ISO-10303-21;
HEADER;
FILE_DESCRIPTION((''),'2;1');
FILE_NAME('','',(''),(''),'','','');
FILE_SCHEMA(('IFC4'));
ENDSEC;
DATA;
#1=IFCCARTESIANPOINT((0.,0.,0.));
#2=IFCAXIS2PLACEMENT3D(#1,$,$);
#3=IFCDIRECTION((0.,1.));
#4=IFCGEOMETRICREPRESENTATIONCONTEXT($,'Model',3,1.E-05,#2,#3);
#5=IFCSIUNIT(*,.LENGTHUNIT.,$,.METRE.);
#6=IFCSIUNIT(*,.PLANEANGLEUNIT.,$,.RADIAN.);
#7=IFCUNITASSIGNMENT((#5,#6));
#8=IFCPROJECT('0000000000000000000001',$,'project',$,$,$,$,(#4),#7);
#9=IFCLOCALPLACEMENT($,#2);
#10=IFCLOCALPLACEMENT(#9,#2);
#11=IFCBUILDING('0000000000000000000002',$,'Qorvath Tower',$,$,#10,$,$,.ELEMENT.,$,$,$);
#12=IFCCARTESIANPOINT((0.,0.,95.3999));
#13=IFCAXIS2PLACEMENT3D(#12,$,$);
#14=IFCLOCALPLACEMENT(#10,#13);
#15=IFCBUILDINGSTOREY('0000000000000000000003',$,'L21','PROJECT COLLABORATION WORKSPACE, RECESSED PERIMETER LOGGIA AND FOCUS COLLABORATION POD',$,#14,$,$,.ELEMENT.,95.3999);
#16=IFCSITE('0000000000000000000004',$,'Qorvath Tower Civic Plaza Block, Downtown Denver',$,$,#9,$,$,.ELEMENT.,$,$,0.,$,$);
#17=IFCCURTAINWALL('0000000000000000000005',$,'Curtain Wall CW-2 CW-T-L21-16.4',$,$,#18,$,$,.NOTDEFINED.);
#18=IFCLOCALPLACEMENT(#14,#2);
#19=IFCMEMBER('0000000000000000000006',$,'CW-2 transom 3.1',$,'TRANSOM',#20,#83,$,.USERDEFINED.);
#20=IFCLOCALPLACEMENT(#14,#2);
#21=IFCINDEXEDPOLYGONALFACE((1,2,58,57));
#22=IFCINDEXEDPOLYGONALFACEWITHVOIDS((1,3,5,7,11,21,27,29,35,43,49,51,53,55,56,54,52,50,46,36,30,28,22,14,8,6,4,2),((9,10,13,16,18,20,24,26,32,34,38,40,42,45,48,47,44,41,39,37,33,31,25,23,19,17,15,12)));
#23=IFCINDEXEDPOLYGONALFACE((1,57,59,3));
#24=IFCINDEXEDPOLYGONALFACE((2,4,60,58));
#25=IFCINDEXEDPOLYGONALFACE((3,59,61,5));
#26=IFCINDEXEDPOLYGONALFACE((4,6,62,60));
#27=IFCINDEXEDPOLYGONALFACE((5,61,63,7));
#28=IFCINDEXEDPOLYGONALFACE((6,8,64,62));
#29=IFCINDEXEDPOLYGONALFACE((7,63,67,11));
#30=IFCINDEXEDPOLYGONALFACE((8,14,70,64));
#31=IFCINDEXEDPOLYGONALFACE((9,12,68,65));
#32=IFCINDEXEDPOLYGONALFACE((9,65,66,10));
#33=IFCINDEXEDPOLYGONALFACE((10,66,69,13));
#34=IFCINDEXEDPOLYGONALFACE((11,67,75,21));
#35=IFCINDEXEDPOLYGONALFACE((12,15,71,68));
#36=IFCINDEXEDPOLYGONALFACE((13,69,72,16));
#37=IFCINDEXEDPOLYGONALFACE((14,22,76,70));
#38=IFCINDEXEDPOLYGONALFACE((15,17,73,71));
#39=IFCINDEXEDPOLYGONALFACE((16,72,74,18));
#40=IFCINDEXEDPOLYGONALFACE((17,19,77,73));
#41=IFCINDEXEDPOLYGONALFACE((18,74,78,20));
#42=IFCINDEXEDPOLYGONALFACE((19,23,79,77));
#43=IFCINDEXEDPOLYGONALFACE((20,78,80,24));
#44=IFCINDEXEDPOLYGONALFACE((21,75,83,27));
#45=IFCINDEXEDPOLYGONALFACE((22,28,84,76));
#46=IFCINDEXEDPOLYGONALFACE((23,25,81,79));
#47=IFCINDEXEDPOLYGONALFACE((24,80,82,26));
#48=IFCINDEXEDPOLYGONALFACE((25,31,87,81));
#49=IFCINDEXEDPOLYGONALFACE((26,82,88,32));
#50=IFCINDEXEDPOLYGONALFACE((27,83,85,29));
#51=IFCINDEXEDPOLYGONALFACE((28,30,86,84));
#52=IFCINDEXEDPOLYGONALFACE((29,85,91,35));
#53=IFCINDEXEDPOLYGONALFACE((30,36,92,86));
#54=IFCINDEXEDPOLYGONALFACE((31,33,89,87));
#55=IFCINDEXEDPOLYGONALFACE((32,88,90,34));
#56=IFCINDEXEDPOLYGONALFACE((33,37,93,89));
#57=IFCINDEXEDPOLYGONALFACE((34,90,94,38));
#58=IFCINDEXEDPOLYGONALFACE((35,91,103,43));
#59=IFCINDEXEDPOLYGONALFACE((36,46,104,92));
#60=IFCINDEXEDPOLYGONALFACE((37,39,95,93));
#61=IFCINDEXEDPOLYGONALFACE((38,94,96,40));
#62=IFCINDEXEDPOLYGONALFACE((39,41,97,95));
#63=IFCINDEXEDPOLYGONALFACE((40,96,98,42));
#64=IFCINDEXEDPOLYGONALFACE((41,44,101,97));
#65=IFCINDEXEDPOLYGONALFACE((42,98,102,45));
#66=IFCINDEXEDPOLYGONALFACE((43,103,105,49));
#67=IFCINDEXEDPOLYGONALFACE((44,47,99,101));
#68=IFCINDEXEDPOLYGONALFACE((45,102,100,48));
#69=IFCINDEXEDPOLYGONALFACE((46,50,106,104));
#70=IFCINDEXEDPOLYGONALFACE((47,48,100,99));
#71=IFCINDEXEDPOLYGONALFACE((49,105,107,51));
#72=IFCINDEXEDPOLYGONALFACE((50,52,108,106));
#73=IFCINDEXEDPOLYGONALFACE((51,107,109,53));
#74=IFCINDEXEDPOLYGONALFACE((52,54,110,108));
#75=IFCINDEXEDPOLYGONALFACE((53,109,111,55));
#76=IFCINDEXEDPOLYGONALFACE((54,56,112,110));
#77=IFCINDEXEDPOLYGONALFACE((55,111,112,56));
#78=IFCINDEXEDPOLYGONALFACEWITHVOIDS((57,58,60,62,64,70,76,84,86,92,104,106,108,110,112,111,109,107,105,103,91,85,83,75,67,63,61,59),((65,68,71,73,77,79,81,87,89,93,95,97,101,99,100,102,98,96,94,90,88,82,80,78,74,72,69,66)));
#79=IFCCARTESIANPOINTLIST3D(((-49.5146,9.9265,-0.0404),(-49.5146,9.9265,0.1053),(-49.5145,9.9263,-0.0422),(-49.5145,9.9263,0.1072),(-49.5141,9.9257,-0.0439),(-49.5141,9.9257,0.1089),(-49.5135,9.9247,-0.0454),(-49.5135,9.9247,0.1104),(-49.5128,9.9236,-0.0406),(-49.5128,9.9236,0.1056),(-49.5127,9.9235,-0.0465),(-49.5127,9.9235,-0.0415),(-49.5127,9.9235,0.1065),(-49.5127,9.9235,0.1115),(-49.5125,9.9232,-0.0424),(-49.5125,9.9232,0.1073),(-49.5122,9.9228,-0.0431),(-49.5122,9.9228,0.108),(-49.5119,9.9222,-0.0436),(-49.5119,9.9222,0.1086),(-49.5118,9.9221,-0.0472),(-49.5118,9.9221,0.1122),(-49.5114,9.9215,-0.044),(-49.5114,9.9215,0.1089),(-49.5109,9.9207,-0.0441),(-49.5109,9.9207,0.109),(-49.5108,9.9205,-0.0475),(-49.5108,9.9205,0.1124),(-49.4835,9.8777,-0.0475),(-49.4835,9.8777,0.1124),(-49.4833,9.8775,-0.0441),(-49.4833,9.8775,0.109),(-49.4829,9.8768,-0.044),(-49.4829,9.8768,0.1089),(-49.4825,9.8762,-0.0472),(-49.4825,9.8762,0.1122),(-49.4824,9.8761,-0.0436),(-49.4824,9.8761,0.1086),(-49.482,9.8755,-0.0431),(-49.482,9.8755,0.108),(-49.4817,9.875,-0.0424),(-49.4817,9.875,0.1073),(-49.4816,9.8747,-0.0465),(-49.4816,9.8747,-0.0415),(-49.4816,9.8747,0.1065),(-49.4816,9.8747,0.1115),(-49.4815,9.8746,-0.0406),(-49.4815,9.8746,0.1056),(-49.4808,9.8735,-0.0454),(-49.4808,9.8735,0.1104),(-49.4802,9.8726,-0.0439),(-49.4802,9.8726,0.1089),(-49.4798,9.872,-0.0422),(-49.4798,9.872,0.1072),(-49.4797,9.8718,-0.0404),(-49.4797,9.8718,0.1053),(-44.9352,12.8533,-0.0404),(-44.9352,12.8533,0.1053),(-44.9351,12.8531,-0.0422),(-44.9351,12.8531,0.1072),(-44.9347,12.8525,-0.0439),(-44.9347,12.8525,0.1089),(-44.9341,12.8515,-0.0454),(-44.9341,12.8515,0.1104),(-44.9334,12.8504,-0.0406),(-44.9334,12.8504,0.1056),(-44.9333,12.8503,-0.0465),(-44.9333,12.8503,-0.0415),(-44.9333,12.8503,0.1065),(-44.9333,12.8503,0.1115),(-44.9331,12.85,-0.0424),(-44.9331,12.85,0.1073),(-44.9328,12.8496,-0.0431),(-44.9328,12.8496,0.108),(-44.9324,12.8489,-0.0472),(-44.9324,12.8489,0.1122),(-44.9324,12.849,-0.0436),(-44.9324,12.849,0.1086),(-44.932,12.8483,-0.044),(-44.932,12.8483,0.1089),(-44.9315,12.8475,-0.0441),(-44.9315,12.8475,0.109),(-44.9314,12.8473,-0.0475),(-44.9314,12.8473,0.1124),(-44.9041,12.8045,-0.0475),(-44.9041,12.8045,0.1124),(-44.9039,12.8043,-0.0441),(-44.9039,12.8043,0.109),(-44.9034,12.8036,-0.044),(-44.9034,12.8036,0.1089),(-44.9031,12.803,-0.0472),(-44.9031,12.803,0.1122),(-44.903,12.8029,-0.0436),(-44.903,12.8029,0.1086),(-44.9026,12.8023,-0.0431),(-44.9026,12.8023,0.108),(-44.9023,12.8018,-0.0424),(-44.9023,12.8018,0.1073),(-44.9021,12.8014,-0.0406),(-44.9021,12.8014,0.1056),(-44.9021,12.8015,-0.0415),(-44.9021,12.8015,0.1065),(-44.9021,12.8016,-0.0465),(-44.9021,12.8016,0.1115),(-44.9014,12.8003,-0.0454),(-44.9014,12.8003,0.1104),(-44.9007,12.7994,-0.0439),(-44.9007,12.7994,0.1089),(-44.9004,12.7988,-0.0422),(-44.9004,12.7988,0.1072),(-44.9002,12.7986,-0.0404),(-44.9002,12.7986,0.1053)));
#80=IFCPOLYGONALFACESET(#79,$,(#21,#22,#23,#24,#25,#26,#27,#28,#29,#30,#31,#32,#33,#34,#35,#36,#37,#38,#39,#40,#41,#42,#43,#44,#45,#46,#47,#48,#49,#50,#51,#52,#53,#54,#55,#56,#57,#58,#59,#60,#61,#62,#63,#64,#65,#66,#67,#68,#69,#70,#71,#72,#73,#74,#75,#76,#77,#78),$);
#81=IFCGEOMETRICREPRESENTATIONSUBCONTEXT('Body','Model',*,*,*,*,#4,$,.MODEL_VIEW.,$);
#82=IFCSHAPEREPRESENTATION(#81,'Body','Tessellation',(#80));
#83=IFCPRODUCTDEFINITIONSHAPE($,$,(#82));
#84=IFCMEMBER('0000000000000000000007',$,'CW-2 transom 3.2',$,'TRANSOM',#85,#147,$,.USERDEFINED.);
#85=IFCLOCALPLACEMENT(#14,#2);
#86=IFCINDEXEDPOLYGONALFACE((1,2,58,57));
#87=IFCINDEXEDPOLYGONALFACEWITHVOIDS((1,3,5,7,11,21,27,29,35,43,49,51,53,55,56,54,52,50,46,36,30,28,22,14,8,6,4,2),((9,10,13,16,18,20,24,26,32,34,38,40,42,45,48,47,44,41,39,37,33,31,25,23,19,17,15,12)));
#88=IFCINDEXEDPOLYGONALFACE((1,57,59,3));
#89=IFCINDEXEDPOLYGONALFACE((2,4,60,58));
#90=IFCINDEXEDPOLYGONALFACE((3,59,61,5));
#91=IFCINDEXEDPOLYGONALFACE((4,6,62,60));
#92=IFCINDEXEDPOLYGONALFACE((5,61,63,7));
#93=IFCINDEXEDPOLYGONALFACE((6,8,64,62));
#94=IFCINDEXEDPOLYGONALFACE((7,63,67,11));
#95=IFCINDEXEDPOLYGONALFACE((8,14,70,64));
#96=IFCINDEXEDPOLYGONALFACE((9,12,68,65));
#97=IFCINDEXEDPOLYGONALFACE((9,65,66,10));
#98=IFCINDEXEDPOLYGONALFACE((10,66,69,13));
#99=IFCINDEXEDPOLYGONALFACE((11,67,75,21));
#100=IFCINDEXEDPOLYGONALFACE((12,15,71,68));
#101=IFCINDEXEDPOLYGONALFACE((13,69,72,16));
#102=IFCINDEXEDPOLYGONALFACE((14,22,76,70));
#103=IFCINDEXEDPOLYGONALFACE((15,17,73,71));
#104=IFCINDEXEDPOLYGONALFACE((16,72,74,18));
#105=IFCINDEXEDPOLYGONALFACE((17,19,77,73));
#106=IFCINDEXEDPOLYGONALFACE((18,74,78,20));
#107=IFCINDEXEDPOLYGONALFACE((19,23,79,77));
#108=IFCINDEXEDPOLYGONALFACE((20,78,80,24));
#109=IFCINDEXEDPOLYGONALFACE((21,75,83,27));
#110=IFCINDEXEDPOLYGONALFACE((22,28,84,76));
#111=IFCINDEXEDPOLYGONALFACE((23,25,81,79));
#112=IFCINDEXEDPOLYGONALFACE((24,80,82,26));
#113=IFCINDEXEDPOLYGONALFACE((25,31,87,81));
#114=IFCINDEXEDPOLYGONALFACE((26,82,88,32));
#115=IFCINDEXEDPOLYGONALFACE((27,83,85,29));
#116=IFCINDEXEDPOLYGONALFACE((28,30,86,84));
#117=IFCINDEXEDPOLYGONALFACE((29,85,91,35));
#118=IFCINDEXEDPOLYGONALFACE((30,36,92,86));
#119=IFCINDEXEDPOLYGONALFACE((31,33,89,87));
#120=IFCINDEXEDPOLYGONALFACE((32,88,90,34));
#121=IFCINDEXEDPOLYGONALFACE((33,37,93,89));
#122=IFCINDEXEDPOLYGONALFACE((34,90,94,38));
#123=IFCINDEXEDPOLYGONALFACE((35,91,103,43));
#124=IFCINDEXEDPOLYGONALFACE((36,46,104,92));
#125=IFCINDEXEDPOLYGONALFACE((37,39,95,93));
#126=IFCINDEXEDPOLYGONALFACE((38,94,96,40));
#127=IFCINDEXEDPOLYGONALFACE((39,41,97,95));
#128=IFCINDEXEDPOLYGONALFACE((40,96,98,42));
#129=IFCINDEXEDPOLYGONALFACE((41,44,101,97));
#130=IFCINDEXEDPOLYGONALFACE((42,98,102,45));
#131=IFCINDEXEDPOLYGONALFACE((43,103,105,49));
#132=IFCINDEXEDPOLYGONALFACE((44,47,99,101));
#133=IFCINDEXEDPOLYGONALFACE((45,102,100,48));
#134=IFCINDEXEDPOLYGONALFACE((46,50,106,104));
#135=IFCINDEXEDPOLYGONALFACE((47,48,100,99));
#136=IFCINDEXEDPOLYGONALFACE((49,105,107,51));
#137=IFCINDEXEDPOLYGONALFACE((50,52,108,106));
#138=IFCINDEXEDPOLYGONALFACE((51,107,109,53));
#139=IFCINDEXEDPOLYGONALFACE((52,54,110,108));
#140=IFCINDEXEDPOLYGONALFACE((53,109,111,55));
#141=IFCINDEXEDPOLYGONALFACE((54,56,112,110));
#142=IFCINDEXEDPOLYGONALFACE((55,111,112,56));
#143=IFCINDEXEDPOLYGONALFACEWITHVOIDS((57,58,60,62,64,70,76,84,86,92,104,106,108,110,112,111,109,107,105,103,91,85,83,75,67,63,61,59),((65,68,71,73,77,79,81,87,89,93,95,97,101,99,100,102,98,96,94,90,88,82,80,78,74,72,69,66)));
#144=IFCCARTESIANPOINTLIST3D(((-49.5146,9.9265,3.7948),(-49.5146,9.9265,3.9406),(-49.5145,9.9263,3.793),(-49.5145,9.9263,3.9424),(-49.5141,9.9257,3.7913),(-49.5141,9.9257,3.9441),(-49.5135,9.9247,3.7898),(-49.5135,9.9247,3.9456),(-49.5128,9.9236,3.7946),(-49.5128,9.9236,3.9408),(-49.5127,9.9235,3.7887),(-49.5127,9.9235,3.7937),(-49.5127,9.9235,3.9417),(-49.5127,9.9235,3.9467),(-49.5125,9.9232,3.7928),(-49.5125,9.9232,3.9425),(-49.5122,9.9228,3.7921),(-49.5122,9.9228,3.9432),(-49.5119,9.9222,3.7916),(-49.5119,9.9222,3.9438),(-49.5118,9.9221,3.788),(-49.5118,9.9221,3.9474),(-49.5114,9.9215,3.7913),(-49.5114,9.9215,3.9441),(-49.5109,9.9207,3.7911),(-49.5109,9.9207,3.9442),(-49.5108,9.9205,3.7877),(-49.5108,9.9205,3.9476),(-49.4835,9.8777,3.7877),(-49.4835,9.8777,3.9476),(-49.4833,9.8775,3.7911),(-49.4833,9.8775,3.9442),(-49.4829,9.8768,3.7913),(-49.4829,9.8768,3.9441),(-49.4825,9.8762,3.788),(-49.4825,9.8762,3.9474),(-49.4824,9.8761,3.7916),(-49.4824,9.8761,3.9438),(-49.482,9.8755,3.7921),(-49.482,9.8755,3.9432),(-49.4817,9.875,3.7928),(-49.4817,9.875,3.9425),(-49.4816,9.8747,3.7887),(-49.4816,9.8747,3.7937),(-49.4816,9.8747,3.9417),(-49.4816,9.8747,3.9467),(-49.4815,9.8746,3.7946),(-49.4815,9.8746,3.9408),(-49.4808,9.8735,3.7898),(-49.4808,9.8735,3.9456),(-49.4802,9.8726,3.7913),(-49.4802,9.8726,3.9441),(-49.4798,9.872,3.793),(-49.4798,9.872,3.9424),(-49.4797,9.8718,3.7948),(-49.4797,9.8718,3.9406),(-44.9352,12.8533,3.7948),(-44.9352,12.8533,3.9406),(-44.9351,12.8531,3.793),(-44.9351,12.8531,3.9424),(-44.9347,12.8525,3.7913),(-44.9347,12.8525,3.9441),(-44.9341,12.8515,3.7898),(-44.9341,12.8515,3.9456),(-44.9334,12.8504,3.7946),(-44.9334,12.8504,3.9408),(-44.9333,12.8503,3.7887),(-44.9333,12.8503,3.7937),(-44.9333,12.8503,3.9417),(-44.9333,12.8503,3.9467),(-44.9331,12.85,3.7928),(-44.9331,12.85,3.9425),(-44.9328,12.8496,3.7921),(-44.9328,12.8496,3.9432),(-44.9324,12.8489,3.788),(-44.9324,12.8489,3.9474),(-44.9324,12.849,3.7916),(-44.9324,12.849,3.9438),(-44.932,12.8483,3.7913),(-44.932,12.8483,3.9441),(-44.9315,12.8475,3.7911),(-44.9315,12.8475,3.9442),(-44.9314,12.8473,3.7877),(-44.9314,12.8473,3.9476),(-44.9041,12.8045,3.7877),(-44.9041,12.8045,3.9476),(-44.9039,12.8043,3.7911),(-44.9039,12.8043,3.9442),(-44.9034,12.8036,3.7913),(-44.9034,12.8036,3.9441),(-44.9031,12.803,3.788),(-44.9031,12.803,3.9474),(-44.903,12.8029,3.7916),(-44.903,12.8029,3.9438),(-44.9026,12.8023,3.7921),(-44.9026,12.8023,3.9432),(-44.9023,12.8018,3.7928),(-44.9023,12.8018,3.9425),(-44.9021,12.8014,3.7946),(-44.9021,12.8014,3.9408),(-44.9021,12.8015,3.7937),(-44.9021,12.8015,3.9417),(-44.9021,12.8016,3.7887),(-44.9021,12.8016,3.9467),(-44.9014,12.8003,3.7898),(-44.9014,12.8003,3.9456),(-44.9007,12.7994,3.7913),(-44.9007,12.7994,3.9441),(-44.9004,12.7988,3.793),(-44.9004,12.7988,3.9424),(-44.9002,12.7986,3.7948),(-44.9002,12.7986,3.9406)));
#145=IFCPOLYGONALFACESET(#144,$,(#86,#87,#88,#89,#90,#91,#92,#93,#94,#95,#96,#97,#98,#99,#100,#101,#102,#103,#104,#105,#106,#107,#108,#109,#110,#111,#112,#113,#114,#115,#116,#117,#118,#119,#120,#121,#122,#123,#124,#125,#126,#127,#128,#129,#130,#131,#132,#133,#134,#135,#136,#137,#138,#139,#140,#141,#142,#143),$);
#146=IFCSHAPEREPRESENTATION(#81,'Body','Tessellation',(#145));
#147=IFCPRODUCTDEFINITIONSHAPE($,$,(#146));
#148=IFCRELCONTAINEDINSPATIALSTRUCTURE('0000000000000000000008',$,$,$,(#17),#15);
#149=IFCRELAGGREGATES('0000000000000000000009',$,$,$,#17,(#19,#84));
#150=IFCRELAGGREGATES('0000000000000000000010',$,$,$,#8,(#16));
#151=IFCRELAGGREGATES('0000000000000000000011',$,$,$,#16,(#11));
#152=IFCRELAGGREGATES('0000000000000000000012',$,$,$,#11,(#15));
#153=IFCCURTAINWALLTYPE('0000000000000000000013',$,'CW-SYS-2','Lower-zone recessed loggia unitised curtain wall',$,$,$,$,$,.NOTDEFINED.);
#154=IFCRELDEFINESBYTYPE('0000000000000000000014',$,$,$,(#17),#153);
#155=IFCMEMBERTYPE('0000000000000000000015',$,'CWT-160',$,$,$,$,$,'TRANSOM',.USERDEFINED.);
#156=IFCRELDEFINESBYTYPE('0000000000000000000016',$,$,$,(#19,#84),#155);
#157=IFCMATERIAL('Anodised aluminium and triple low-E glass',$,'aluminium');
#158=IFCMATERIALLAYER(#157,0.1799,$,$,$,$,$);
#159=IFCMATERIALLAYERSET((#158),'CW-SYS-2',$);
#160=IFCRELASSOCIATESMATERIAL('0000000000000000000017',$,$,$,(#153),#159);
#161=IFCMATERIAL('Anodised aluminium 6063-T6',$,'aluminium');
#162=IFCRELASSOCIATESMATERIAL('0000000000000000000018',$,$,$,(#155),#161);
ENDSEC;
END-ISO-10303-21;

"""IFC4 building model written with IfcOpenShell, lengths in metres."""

from ifc_helpers import new_model, si_unit, direction, frame, origin, origin_2d, place, context, subcontext, project, spatial, hollow_rectangle, extrude, material, layer, layer_set, material_profile, profile_set, type_object, element, aggregate, save


model = new_model("IFC4")

# Units and contexts
model_context = context("Model", 3, precision=1e-05, world=origin(), true_north=direction((0.0, 1.0)))
body_context = subcontext(model_context, "Body", "Model", "MODEL_VIEW")
ifc_project = project(units=[si_unit("LENGTHUNIT", "METRE"), si_unit("PLANEANGLEUNIT", "RADIAN")], contexts=[model_context])

# Site, building, storey
site_placement = place(None, origin())
site = spatial("IfcSite", under=ifc_project, at=site_placement, Name="Qorvath Tower Civic Plaza Block, Downtown Denver", CompositionType="ELEMENT", RefElevation=0.0)
building_placement = place(site_placement, origin())
building = spatial("IfcBuilding", under=site, at=building_placement, Name="Qorvath Tower", CompositionType="ELEMENT")
storey_placement = place(building_placement, frame((0.0, 0.0, 95.3999)))
storey = spatial("IfcBuildingStorey", under=building, at=storey_placement, Name="L21", Description="PROJECT COLLABORATION WORKSPACE, RECESSED PERIMETER LOGGIA AND FOCUS COLLABORATION POD", CompositionType="ELEMENT", Elevation=95.3999)

# Curtain wall, members
ifc_material_1 = material(Name="Anodised aluminium and triple low-E glass", Category="aluminium")
ifc_layer_1 = layer(ifc_material_1, 0.1799)
ifc_layer_set_1 = layer_set([ifc_layer_1], Name="CW-SYS-2")
curtain_wall_type = type_object("IfcCurtainWallType", Name="CW-SYS-2", Description="Lower-zone recessed loggia unitised curtain wall", PredefinedType="NOTDEFINED", material=ifc_layer_set_1)
curtain_wall_placement = place(storey_placement, origin())
curtain_wall = element("IfcCurtainWall", 1, at=curtain_wall_placement, inside=storey, type_object=curtain_wall_type, Name="Curtain Wall CW-2 CW-T-L21-16.4", PredefinedType="NOTDEFINED")
ifc_material_2 = material(Name="Anodised aluminium 6063-T6", Category="aluminium")
ifc_material_profile_1 = material_profile(ifc_material_2, hollow_rectangle(XDim=0.0649, YDim=0.1599, WallThickness=0.0034, InnerFilletRadius=0.0034, OuterFilletRadius=0.0071, at=origin_2d()), Name="CWT 160x65")
ifc_profile_set_1 = profile_set([ifc_material_profile_1], Name="Anodised aluminium 6063-T6")
member_type_1 = type_object("IfcMemberType", Name="CWT-160", ElementType="TRANSOM", PredefinedType="USERDEFINED", material=ifc_profile_set_1)
member_1_placement = place(storey_placement, frame((-44.9177, 12.8259, 0.0325), z_axis=(-0.842607, -0.538528, 0.0), x_axis=(0.538528, -0.842607, 0.0)))
member_1 = element("IfcMember", 2, at=member_1_placement, type_object=member_type_1, Name="CW-2 transom 3.1", ObjectType="TRANSOM", PredefinedType="USERDEFINED", context=body_context, shape_type="SweptSolid", body=[
    extrude(hollow_rectangle(XDim=0.0649, YDim=0.1599, WallThickness=0.0034, InnerFilletRadius=0.0034, OuterFilletRadius=0.0071, at=origin_2d()), origin(), (0.0, 0.0, 1.0), 5.4348),
])
member_2_placement = place(storey_placement, frame((-44.9177, 12.8259, 3.8677), z_axis=(-0.842607, -0.538528, 0.0), x_axis=(0.538528, -0.842607, 0.0)))
member_2 = element("IfcMember", 3, at=member_2_placement, type_object=member_type_1, Name="CW-2 transom 3.2", ObjectType="TRANSOM", PredefinedType="USERDEFINED", context=body_context, shape_type="SweptSolid", body=[
    extrude(hollow_rectangle(XDim=0.0649, YDim=0.1599, WallThickness=0.0034, InnerFilletRadius=0.0034, OuterFilletRadius=0.0071, at=origin_2d()), origin(), (0.0, 0.0, 1.0), 5.4348),
])
aggregate(curtain_wall, [member_1, member_2])

save(model, "model.ifc")
